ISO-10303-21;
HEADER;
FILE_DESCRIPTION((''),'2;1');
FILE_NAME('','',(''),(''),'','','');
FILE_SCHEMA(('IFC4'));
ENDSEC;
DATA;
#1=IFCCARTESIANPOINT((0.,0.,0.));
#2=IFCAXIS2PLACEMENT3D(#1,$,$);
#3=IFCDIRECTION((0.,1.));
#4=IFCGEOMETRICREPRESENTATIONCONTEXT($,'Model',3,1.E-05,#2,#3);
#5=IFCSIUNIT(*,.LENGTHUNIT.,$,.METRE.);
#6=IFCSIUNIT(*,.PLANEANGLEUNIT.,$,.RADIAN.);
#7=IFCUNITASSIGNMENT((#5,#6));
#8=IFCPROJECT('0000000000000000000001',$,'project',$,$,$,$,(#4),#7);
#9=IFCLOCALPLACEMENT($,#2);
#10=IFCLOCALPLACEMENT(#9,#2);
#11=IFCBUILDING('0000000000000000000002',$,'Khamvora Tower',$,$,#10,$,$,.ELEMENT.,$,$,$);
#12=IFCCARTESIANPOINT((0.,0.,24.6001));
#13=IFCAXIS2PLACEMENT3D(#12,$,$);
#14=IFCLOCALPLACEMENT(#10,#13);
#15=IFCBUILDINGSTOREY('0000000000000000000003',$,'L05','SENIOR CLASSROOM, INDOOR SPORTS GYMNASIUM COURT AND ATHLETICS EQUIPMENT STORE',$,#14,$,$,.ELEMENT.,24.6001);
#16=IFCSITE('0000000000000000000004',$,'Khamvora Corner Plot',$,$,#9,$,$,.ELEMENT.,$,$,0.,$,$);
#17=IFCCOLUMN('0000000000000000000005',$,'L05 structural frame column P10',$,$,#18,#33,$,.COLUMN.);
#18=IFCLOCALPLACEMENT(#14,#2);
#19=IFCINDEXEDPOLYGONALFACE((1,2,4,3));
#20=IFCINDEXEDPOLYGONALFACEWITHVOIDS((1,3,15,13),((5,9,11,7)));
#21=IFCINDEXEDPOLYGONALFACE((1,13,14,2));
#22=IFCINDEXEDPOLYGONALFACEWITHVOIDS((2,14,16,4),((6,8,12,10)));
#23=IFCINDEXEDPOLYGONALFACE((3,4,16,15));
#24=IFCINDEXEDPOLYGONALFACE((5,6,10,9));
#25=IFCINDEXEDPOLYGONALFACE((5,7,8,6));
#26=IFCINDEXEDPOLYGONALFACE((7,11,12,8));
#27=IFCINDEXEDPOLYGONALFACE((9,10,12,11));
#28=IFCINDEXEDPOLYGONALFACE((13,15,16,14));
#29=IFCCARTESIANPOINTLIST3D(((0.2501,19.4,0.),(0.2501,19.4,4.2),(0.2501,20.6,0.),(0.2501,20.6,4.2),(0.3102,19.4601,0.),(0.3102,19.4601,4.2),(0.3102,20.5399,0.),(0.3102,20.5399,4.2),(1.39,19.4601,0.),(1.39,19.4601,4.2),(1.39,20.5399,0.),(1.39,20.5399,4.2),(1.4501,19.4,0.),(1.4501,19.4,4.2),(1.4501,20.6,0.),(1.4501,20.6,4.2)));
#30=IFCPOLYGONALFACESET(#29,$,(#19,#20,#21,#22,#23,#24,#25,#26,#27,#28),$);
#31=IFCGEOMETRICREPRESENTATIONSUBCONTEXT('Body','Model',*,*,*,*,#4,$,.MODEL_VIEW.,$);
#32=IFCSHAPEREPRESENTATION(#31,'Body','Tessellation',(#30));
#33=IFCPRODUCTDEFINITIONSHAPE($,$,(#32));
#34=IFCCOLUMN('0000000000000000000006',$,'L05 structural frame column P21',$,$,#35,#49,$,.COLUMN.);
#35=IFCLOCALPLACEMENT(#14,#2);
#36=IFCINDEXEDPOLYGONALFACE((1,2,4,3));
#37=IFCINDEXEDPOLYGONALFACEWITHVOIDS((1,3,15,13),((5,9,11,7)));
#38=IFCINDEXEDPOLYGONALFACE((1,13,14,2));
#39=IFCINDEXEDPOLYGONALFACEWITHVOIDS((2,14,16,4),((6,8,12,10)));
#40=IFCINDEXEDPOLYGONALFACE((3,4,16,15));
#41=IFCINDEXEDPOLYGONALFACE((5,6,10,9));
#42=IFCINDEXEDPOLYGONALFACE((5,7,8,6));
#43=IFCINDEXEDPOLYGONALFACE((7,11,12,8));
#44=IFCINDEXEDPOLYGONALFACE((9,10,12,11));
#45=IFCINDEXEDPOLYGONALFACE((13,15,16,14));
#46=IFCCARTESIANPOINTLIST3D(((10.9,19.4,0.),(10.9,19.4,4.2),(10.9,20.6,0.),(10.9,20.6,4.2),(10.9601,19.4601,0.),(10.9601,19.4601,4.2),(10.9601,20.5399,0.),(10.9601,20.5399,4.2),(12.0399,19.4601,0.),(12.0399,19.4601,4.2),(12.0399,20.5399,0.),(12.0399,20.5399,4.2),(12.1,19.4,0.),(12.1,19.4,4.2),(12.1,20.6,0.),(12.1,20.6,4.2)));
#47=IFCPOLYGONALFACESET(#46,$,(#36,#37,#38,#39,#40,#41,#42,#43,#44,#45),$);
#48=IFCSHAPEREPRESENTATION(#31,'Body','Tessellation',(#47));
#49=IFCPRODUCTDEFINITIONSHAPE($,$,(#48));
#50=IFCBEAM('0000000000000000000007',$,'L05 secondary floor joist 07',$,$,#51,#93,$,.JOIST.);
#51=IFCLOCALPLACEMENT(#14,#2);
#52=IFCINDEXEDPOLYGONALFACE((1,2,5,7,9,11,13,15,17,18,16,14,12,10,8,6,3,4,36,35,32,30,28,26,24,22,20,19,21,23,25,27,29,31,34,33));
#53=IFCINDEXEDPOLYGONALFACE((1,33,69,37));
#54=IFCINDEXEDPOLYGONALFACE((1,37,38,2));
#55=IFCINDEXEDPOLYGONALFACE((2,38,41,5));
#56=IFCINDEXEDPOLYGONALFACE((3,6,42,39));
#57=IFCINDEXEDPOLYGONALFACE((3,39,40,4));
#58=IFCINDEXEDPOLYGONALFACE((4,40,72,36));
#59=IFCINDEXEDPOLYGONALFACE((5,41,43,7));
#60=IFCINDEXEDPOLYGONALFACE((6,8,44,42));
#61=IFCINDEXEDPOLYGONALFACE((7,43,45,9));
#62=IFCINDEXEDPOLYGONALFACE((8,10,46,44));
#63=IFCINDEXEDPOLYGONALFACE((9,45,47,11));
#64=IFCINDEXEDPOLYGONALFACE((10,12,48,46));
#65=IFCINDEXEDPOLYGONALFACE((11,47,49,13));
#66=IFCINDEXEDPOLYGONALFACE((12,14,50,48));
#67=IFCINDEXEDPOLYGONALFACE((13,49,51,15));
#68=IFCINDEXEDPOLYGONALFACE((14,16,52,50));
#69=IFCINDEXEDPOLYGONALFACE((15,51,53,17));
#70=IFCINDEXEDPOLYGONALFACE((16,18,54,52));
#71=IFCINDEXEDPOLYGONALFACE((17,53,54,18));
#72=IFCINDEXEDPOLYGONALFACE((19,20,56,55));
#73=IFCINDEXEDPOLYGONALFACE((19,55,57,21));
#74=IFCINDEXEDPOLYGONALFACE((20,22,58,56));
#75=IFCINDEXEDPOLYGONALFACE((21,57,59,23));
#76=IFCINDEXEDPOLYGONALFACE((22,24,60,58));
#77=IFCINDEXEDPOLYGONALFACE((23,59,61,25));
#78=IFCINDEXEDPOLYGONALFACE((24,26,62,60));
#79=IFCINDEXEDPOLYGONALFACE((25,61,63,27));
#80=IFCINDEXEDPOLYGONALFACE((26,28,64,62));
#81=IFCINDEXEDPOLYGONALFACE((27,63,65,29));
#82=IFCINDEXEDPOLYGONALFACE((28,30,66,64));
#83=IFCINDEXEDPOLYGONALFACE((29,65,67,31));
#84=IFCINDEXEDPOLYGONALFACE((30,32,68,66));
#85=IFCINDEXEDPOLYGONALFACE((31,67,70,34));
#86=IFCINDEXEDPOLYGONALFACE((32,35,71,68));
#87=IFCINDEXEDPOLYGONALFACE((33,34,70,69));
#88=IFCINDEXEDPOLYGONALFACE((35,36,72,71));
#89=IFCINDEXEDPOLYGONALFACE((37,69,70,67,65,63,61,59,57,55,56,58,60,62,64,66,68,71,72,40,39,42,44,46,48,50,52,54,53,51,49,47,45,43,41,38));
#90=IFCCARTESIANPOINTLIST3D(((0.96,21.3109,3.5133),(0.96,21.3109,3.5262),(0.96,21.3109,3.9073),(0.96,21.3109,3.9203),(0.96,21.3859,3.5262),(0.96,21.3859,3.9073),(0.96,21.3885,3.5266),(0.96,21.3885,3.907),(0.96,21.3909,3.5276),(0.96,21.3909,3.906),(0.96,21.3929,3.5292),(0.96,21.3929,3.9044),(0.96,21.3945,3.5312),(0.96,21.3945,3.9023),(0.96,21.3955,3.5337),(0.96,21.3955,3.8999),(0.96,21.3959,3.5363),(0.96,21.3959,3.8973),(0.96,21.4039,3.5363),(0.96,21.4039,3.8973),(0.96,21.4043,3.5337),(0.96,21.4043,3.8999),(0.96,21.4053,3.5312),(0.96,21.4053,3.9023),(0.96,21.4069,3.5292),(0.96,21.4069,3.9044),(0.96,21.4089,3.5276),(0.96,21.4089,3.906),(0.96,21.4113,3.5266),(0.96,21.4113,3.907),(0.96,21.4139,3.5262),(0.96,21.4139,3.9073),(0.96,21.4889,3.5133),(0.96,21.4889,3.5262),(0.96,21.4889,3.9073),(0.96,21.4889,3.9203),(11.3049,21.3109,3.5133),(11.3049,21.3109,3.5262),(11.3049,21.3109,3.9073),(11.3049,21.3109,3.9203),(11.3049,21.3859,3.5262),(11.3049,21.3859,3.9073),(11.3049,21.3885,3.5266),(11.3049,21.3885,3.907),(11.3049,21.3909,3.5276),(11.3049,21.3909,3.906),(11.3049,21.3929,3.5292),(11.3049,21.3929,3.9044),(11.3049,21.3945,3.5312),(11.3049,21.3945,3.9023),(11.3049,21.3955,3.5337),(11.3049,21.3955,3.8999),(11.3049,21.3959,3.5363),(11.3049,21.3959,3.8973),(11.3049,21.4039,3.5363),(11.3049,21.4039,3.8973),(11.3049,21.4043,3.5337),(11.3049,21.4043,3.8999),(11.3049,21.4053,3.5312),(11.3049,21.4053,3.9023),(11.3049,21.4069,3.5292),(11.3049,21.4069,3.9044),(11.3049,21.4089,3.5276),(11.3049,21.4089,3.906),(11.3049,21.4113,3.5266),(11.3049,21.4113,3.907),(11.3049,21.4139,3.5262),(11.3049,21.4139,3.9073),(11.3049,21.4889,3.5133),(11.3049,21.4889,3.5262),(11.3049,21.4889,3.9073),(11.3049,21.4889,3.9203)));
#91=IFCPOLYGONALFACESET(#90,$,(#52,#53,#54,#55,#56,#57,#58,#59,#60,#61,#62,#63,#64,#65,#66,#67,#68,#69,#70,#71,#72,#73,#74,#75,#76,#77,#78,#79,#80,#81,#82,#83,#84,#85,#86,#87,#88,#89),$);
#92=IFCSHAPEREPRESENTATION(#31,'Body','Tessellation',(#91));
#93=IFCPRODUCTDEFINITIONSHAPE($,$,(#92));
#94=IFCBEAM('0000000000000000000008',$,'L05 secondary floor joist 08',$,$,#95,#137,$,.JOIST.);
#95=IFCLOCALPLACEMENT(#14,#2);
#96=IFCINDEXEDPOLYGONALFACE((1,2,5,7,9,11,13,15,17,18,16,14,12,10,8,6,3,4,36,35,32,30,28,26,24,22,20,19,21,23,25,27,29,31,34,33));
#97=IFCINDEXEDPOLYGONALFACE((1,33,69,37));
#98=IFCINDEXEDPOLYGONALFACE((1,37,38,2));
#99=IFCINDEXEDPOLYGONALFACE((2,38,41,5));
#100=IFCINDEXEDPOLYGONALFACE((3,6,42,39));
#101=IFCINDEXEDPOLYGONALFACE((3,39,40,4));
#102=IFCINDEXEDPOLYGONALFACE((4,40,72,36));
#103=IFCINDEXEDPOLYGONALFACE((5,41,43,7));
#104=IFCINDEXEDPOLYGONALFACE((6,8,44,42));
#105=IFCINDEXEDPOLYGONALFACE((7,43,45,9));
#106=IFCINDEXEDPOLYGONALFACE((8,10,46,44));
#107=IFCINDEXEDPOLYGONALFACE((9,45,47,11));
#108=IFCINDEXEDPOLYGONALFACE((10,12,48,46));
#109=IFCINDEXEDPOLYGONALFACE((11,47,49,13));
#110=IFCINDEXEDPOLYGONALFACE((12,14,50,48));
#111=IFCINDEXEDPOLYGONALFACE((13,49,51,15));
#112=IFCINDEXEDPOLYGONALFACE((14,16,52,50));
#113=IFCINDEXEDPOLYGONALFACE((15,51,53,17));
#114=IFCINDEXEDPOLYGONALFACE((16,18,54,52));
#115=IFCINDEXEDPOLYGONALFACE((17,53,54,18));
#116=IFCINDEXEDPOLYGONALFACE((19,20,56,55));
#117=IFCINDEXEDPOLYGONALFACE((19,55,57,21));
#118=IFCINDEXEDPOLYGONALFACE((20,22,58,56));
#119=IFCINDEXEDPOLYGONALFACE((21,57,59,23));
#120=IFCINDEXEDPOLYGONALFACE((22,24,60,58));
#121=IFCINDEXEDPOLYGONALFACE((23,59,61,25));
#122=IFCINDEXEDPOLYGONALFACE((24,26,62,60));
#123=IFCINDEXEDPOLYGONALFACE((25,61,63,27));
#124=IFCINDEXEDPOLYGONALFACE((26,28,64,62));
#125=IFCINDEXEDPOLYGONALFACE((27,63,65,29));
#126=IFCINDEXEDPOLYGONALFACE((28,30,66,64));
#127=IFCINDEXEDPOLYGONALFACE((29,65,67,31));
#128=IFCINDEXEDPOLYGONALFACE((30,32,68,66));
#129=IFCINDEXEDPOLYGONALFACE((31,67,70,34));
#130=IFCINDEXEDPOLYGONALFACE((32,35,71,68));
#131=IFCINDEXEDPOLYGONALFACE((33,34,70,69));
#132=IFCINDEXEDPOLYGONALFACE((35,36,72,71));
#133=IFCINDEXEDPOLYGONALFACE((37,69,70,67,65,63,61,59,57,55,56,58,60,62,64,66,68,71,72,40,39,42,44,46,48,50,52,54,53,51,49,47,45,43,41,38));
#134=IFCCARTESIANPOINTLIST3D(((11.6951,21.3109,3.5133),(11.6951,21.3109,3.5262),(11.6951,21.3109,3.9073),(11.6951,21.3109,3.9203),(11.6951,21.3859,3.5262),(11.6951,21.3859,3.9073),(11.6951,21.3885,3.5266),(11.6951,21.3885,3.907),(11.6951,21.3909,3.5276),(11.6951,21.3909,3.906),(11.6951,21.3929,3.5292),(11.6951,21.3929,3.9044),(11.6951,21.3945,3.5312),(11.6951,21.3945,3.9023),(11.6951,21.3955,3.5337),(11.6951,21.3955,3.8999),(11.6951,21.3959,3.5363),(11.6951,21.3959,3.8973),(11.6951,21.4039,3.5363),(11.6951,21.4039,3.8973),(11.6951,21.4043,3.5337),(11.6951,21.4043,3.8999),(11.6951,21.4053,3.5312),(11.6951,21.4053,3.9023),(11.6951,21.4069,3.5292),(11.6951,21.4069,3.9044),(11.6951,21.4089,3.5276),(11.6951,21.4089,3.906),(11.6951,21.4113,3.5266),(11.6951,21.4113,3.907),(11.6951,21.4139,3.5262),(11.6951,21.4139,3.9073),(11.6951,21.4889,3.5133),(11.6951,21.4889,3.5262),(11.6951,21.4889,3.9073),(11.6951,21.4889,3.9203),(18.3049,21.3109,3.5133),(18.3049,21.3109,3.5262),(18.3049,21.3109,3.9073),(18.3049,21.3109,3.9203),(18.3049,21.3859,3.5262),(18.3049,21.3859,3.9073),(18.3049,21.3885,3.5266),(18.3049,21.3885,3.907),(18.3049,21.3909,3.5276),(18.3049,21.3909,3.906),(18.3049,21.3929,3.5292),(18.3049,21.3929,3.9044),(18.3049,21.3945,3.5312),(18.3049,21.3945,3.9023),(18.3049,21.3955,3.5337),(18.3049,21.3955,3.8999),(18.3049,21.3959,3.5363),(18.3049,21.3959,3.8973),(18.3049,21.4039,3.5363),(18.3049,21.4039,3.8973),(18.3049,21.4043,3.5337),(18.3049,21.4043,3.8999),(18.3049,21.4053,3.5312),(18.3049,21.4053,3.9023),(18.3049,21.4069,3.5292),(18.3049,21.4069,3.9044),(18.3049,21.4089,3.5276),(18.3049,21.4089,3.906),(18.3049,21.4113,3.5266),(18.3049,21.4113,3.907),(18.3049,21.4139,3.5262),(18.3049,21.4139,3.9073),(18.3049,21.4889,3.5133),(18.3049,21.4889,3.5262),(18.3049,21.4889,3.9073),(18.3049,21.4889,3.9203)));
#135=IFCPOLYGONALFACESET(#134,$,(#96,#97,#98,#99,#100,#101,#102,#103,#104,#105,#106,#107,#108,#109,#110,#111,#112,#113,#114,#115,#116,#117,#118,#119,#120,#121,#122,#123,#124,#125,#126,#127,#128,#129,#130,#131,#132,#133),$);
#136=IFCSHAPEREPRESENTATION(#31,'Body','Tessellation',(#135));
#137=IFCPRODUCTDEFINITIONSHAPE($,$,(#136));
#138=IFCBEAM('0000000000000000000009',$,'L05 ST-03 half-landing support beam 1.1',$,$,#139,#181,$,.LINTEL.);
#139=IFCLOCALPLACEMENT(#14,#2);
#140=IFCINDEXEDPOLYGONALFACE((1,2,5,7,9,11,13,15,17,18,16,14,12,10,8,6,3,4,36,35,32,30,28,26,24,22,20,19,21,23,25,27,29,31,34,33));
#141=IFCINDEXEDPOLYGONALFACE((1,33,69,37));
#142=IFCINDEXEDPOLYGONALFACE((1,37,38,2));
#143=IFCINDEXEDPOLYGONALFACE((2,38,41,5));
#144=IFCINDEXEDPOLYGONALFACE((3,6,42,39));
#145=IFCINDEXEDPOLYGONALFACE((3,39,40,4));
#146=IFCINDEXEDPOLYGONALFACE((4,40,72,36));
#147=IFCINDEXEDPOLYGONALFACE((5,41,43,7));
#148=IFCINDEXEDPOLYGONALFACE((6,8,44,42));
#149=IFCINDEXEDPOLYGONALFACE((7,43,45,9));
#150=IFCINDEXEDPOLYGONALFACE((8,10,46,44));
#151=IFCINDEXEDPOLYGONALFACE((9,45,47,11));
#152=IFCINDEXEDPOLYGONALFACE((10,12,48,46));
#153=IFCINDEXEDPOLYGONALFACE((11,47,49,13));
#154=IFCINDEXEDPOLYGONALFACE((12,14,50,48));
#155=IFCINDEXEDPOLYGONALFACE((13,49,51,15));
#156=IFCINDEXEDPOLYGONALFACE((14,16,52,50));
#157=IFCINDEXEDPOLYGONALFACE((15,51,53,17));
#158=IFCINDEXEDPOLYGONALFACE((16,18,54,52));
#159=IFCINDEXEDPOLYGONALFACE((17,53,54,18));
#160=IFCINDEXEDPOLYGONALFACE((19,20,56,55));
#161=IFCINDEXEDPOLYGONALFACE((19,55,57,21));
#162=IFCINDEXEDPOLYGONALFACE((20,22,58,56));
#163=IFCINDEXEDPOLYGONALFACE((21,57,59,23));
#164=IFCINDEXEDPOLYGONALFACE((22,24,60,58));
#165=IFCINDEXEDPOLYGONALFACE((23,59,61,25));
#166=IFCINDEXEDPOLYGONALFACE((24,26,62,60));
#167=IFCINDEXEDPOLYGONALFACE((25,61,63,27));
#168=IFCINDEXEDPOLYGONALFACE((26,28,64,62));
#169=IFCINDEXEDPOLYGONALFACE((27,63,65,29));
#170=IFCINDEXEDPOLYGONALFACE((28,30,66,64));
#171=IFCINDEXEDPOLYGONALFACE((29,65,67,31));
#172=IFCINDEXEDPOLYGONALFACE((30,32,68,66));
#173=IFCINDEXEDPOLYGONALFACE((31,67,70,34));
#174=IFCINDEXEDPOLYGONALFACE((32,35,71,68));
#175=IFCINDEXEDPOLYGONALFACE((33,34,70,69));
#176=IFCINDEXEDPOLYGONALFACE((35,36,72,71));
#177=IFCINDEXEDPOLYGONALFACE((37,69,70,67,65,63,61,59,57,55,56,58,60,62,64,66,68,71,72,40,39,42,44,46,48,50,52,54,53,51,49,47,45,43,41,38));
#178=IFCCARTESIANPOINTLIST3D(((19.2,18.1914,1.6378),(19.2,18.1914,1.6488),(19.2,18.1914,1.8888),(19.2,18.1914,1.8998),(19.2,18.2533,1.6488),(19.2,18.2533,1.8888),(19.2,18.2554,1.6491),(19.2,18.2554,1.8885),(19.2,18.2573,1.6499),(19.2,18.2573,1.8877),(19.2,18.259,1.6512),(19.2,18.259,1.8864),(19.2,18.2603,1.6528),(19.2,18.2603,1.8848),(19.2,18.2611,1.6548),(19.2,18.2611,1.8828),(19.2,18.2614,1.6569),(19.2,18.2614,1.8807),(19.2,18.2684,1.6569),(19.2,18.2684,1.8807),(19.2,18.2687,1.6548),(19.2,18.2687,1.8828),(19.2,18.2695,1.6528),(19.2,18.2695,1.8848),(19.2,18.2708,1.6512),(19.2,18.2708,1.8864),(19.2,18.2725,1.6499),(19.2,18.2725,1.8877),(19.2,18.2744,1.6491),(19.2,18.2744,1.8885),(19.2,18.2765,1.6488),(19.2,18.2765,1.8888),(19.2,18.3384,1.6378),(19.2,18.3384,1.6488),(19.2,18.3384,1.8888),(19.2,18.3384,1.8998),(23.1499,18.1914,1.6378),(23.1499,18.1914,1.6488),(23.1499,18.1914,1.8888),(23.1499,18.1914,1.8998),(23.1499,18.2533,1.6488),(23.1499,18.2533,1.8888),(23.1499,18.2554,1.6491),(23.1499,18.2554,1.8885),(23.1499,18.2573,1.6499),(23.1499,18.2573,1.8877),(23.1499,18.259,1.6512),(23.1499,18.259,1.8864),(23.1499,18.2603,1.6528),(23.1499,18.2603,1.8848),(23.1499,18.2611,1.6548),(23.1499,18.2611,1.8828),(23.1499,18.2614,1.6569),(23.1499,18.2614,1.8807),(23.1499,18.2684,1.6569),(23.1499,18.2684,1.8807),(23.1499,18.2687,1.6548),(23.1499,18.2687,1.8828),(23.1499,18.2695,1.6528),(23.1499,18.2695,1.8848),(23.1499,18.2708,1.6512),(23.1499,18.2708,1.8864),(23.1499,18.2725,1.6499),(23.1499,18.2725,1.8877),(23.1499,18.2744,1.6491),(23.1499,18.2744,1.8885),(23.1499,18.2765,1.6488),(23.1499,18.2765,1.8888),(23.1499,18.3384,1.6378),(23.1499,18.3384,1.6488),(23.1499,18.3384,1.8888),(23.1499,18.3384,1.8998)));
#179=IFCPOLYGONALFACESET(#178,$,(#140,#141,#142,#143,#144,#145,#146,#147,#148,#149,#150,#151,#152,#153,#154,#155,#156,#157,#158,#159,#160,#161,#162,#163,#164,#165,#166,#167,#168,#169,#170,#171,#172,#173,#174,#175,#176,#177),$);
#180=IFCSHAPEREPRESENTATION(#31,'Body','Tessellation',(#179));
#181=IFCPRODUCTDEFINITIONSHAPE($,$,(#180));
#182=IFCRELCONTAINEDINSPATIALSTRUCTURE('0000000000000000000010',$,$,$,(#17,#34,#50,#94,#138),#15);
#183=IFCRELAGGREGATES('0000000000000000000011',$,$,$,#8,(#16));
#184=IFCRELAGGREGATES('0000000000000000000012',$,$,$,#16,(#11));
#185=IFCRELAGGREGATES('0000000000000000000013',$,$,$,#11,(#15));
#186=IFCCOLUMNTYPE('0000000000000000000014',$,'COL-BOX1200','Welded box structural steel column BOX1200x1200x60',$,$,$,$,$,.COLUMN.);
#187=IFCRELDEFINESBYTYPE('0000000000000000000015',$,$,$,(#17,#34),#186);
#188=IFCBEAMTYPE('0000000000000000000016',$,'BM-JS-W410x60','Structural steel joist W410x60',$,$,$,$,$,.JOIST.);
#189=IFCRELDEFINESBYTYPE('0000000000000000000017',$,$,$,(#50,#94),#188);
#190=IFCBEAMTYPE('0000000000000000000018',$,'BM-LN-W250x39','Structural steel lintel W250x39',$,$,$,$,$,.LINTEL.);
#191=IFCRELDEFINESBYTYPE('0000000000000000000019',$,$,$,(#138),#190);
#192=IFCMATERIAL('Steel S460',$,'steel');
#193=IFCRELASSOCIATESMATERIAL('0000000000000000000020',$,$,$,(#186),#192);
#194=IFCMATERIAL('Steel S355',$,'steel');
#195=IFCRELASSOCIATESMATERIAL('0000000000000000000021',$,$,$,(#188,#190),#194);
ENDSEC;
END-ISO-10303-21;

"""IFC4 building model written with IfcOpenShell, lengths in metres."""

from ifc_helpers import new_model, si_unit, direction, frame, origin, origin_2d, place, context, subcontext, project, spatial, hollow_rectangle, i_section, extrude, material, material_profile, profile_set, type_object, element, save


model = new_model("IFC4")

# Units and contexts
model_context = context("Model", 3, precision=1e-05, world=origin(), true_north=direction((0.0, 1.0)))
body_context = subcontext(model_context, "Body", "Model", "MODEL_VIEW")
ifc_project = project(units=[si_unit("LENGTHUNIT", "METRE"), si_unit("PLANEANGLEUNIT", "RADIAN")], contexts=[model_context])

# Site, building, storey
site_placement = place(None, origin())
site = spatial("IfcSite", under=ifc_project, at=site_placement, Name="Khamvora Corner Plot", CompositionType="ELEMENT", RefElevation=0.0)
building_placement = place(site_placement, origin())
building = spatial("IfcBuilding", under=site, at=building_placement, Name="Khamvora Tower", CompositionType="ELEMENT")
storey_placement = place(building_placement, frame((0.0, 0.0, 24.6001)))
storey = spatial("IfcBuildingStorey", under=building, at=storey_placement, Name="L05", Description="SENIOR CLASSROOM, INDOOR SPORTS GYMNASIUM COURT AND ATHLETICS EQUIPMENT STORE", CompositionType="ELEMENT", Elevation=24.6001)

# Columns
ifc_material_1 = material(Name="Steel S460", Category="steel")
ifc_material_profile_1 = material_profile(ifc_material_1, hollow_rectangle(XDim=1.2, YDim=1.2, WallThickness=0.0601, at=origin_2d()), Name="BOX1200x1200x60")
ifc_profile_set_1 = profile_set([ifc_material_profile_1], Name="Steel S460")
column_type = type_object("IfcColumnType", Name="COL-BOX1200", Description="Welded box structural steel column BOX1200x1200x60", PredefinedType="COLUMN", material=ifc_profile_set_1)
for number, where, z_axis, x_axis, name in (
    (1, (0.8501, 20.0, 0.0), (0.0, 0.0, 1.0), (1.0, 0.0, 0.0), "L05 structural frame column P10"),
    (2, (11.5, 20.0, 0.0), (0.0, 0.0, 1.0), (1.0, 0.0, 0.0), "L05 structural frame column P21"),
):
    element("IfcColumn", number, at=place(storey_placement, frame(where, z_axis=z_axis, x_axis=x_axis)), inside=storey, type_object=column_type, Name=name, PredefinedType="COLUMN", context=body_context, shape_type="SweptSolid", body=[
        extrude(hollow_rectangle(XDim=1.2, YDim=1.2, WallThickness=0.0601, at=origin_2d()), origin(), (0.0, 0.0, 1.0), 4.2),
    ])

# Beams
ifc_material_2 = material(Name="Steel S355", Category="steel")
ifc_material_profile_2 = material_profile(ifc_material_2, i_section(OverallWidth=0.178, OverallDepth=0.407, WebThickness=0.0081, FlangeThickness=0.0129, FilletRadius=0.01, at=origin_2d()), Name="W410x60")
ifc_profile_set_2 = profile_set([ifc_material_profile_2], Name="Steel S355")
beam_type_1 = type_object("IfcBeamType", Name="BM-JS-W410x60", Description="Structural steel joist W410x60", PredefinedType="JOIST", material=ifc_profile_set_2)
beam_1_placement = place(storey_placement, frame((0.96, 21.3999, 3.7168), z_axis=(1.0, 0.0, 0.0), x_axis=(0.0, 1.0, 0.0)))
element("IfcBeam", 3, at=beam_1_placement, inside=storey, type_object=beam_type_1, Name="L05 secondary floor joist 07", PredefinedType="JOIST", context=body_context, shape_type="SweptSolid", body=[
    extrude(i_section(OverallWidth=0.178, OverallDepth=0.407, WebThickness=0.0081, FlangeThickness=0.0129, FilletRadius=0.01, at=origin_2d()), origin(), (0.0, 0.0, 1.0), 10.345),
])
beam_2_placement = place(storey_placement, frame((11.6951, 21.3999, 3.7168), z_axis=(1.0, 0.0, 0.0), x_axis=(0.0, 1.0, 0.0)))
element("IfcBeam", 4, at=beam_2_placement, inside=storey, type_object=beam_type_1, Name="L05 secondary floor joist 08", PredefinedType="JOIST", context=body_context, shape_type="SweptSolid", body=[
    extrude(i_section(OverallWidth=0.178, OverallDepth=0.407, WebThickness=0.0081, FlangeThickness=0.0129, FilletRadius=0.01, at=origin_2d()), origin(), (0.0, 0.0, 1.0), 6.6099),
])
ifc_material_profile_3 = material_profile(ifc_material_2, i_section(OverallWidth=0.147, OverallDepth=0.262, WebThickness=0.0071, FlangeThickness=0.011, FilletRadius=0.0081, at=origin_2d()), Name="W250x39")
ifc_profile_set_3 = profile_set([ifc_material_profile_3], Name="Steel S355")
beam_type_2 = type_object("IfcBeamType", Name="BM-LN-W250x39", Description="Structural steel lintel W250x39", PredefinedType="LINTEL", material=ifc_profile_set_3)
for number, where, z_axis, x_axis, name in (
    (5, (19.2, 18.2649, 1.7688), (1.0, 0.0, 0.0), (0.0, 1.0, 0.0), "L05 ST-03 half-landing support beam 1.1"),
):
    element("IfcBeam", number, at=place(storey_placement, frame(where, z_axis=z_axis, x_axis=x_axis)), inside=storey, type_object=beam_type_2, Name=name, PredefinedType="LINTEL", context=body_context, shape_type="SweptSolid", body=[
        extrude(i_section(OverallWidth=0.147, OverallDepth=0.262, WebThickness=0.0071, FlangeThickness=0.011, FilletRadius=0.0081, at=origin_2d()), origin(), (0.0, 0.0, 1.0), 3.95),
    ])

save(model, "model.ifc")
